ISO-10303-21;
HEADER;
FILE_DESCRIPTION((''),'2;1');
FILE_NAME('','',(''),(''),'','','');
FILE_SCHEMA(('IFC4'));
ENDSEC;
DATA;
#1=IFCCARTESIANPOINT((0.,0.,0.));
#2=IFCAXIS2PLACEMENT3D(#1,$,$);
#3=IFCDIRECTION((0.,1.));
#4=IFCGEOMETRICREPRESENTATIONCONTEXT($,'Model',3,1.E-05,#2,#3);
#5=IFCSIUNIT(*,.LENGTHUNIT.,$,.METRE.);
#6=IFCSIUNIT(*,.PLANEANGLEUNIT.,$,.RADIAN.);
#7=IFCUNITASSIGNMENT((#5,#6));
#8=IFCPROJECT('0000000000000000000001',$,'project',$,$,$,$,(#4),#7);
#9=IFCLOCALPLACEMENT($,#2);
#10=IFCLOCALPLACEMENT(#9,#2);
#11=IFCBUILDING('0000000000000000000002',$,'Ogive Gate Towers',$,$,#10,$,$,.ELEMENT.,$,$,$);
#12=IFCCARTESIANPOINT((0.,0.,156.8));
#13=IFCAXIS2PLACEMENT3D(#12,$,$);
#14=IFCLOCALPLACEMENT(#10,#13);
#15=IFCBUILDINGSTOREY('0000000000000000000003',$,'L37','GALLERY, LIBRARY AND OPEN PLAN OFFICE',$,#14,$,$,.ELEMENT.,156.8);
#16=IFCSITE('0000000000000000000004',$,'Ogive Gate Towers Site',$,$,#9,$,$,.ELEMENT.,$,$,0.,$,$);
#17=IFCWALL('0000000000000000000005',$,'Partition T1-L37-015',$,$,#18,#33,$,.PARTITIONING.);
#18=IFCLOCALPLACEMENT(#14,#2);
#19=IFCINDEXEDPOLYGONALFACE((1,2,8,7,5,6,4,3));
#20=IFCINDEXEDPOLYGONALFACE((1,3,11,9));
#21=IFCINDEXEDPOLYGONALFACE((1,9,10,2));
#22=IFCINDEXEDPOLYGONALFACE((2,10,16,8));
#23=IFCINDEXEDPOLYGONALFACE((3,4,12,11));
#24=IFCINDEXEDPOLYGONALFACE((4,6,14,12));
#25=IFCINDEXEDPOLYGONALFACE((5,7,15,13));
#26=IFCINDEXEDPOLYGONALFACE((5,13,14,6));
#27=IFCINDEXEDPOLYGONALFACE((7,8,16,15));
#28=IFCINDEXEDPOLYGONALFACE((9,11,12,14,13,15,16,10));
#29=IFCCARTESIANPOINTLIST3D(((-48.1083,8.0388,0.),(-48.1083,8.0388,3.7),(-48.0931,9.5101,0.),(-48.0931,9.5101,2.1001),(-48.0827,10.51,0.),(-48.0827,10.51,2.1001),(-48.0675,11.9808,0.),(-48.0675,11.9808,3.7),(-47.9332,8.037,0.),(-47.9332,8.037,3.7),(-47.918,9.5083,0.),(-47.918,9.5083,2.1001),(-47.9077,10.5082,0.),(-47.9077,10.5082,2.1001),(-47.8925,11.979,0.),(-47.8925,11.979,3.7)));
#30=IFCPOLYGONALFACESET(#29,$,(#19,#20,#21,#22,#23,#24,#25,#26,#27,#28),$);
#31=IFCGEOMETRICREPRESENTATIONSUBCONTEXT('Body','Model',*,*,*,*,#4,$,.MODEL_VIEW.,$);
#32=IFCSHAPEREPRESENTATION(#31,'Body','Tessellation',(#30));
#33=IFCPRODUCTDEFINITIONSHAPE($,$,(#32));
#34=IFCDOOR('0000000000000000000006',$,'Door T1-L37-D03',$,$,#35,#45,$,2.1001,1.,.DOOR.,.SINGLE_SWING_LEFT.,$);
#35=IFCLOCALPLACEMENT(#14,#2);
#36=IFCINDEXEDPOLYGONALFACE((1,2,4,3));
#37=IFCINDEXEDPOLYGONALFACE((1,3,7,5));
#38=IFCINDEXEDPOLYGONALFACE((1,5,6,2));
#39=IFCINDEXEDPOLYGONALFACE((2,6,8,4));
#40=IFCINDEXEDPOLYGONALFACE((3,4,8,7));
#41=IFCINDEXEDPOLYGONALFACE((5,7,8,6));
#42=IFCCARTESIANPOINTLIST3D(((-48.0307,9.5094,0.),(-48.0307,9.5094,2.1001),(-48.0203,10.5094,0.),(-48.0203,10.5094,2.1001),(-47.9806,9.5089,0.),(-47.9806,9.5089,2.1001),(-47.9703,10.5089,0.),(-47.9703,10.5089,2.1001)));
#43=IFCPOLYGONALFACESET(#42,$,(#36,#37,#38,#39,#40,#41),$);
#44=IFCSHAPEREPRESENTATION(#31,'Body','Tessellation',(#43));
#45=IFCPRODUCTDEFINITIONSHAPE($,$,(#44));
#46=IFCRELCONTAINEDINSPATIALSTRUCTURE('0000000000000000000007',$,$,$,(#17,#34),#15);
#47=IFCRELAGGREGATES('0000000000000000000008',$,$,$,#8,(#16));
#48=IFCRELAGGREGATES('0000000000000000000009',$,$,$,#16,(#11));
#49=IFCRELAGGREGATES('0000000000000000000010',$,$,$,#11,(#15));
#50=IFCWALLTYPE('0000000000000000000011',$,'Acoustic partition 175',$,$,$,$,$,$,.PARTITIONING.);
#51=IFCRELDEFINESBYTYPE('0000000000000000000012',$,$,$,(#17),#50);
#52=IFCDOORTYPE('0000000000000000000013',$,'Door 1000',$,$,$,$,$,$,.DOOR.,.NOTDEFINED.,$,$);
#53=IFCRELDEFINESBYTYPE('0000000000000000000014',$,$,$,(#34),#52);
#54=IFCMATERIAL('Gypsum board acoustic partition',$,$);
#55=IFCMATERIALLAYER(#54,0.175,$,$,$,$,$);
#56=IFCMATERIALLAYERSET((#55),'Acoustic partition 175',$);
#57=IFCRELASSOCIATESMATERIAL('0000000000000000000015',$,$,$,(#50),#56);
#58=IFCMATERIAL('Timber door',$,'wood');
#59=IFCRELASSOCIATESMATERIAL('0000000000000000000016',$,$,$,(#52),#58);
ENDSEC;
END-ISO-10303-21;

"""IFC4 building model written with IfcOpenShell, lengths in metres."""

from ifc_helpers import new_model, si_unit, direction, frame, frame_2d, origin, place, context, subcontext, project, spatial, rectangle, extrude, material, layer, layer_set, type_object, element, fill, save


model = new_model("IFC4")

# Units and contexts
model_context = context("Model", 3, precision=1e-05, world=origin(), true_north=direction((0.0, 1.0)))
body_context = subcontext(model_context, "Body", "Model", "MODEL_VIEW")
ifc_project = project(units=[si_unit("LENGTHUNIT", "METRE"), si_unit("PLANEANGLEUNIT", "RADIAN")], contexts=[model_context])

# Site, building, storey
site_placement = place(None, origin())
site = spatial("IfcSite", under=ifc_project, at=site_placement, Name="Ogive Gate Towers Site", CompositionType="ELEMENT", RefElevation=0.0)
building_placement = place(site_placement, origin())
building = spatial("IfcBuilding", under=site, at=building_placement, Name="Ogive Gate Towers", CompositionType="ELEMENT")
storey_placement = place(building_placement, frame((0.0, 0.0, 156.8)))
storey = spatial("IfcBuildingStorey", under=building, at=storey_placement, Name="L37", Description="GALLERY, LIBRARY AND OPEN PLAN OFFICE", CompositionType="ELEMENT", Elevation=156.8)

# Shared definitions
ifc_material_1 = material(Name="Gypsum board acoustic partition")
ifc_layer_1 = layer(ifc_material_1, 0.175)
ifc_layer_set_1 = layer_set([ifc_layer_1], Name="Acoustic partition 175")
wall_type = type_object("IfcWallType", Name="Acoustic partition 175", PredefinedType="PARTITIONING", material=ifc_layer_set_1)

# Wall, opening, door
wall_placement = place(storey_placement, frame((-47.98, 11.98, 0.0), z_axis=(0.0, 0.0, 1.0), x_axis=(-0.010343, -0.999947, 0.0)))
wall = element("IfcWall", 1, at=wall_placement, inside=storey, type_object=wall_type, Name="Partition T1-L37-015", PredefinedType="PARTITIONING", context=body_context, shape_type="SweptSolid", body=[
    extrude(rectangle(XDim=3.9421, YDim=0.175, at=frame_2d((1.9712, 0.0))), origin(), (0.0, 0.0, 1.0), 3.7),
])
opening_placement = place(wall_placement, frame((1.4709, 0.0, 0.0)))
opening = element("IfcOpeningElement", 2, at=opening_placement, cuts=wall, PredefinedType="OPENING", context=body_context, shape_type="SweptSolid", body=[
    extrude(rectangle(XDim=1.0, YDim=2.1001, at=frame_2d((0.5, 1.05))), frame((0.0, 0.0977, 0.0), z_axis=(0.0, -1.0, 0.0), x_axis=(1.0, 0.0, 0.0)), (0.0, 0.0, 1.0), 0.1951),
])
ifc_material_2 = material(Name="Timber door", Category="wood")
door_type = type_object("IfcDoorType", Name="Door 1000", OperationType="NOTDEFINED", PredefinedType="DOOR", material=ifc_material_2)
door_placement = place(opening_placement, origin())
door = element("IfcDoor", 3, at=door_placement, inside=storey, type_object=door_type, Name="Door T1-L37-D03", OperationType="SINGLE_SWING_LEFT", OverallHeight=2.1001, OverallWidth=1.0, PredefinedType="DOOR", context=body_context, shape_type="SweptSolid", body=[
    extrude(rectangle(XDim=1.0, YDim=2.1001, at=frame_2d((0.5, 1.05))), frame((0.0, 0.0249, 0.0), z_axis=(0.0, -1.0, 0.0), x_axis=(1.0, 0.0, 0.0)), (0.0, 0.0, 1.0), 0.05),
])
fill(opening, door)

save(model, "model.ifc")
